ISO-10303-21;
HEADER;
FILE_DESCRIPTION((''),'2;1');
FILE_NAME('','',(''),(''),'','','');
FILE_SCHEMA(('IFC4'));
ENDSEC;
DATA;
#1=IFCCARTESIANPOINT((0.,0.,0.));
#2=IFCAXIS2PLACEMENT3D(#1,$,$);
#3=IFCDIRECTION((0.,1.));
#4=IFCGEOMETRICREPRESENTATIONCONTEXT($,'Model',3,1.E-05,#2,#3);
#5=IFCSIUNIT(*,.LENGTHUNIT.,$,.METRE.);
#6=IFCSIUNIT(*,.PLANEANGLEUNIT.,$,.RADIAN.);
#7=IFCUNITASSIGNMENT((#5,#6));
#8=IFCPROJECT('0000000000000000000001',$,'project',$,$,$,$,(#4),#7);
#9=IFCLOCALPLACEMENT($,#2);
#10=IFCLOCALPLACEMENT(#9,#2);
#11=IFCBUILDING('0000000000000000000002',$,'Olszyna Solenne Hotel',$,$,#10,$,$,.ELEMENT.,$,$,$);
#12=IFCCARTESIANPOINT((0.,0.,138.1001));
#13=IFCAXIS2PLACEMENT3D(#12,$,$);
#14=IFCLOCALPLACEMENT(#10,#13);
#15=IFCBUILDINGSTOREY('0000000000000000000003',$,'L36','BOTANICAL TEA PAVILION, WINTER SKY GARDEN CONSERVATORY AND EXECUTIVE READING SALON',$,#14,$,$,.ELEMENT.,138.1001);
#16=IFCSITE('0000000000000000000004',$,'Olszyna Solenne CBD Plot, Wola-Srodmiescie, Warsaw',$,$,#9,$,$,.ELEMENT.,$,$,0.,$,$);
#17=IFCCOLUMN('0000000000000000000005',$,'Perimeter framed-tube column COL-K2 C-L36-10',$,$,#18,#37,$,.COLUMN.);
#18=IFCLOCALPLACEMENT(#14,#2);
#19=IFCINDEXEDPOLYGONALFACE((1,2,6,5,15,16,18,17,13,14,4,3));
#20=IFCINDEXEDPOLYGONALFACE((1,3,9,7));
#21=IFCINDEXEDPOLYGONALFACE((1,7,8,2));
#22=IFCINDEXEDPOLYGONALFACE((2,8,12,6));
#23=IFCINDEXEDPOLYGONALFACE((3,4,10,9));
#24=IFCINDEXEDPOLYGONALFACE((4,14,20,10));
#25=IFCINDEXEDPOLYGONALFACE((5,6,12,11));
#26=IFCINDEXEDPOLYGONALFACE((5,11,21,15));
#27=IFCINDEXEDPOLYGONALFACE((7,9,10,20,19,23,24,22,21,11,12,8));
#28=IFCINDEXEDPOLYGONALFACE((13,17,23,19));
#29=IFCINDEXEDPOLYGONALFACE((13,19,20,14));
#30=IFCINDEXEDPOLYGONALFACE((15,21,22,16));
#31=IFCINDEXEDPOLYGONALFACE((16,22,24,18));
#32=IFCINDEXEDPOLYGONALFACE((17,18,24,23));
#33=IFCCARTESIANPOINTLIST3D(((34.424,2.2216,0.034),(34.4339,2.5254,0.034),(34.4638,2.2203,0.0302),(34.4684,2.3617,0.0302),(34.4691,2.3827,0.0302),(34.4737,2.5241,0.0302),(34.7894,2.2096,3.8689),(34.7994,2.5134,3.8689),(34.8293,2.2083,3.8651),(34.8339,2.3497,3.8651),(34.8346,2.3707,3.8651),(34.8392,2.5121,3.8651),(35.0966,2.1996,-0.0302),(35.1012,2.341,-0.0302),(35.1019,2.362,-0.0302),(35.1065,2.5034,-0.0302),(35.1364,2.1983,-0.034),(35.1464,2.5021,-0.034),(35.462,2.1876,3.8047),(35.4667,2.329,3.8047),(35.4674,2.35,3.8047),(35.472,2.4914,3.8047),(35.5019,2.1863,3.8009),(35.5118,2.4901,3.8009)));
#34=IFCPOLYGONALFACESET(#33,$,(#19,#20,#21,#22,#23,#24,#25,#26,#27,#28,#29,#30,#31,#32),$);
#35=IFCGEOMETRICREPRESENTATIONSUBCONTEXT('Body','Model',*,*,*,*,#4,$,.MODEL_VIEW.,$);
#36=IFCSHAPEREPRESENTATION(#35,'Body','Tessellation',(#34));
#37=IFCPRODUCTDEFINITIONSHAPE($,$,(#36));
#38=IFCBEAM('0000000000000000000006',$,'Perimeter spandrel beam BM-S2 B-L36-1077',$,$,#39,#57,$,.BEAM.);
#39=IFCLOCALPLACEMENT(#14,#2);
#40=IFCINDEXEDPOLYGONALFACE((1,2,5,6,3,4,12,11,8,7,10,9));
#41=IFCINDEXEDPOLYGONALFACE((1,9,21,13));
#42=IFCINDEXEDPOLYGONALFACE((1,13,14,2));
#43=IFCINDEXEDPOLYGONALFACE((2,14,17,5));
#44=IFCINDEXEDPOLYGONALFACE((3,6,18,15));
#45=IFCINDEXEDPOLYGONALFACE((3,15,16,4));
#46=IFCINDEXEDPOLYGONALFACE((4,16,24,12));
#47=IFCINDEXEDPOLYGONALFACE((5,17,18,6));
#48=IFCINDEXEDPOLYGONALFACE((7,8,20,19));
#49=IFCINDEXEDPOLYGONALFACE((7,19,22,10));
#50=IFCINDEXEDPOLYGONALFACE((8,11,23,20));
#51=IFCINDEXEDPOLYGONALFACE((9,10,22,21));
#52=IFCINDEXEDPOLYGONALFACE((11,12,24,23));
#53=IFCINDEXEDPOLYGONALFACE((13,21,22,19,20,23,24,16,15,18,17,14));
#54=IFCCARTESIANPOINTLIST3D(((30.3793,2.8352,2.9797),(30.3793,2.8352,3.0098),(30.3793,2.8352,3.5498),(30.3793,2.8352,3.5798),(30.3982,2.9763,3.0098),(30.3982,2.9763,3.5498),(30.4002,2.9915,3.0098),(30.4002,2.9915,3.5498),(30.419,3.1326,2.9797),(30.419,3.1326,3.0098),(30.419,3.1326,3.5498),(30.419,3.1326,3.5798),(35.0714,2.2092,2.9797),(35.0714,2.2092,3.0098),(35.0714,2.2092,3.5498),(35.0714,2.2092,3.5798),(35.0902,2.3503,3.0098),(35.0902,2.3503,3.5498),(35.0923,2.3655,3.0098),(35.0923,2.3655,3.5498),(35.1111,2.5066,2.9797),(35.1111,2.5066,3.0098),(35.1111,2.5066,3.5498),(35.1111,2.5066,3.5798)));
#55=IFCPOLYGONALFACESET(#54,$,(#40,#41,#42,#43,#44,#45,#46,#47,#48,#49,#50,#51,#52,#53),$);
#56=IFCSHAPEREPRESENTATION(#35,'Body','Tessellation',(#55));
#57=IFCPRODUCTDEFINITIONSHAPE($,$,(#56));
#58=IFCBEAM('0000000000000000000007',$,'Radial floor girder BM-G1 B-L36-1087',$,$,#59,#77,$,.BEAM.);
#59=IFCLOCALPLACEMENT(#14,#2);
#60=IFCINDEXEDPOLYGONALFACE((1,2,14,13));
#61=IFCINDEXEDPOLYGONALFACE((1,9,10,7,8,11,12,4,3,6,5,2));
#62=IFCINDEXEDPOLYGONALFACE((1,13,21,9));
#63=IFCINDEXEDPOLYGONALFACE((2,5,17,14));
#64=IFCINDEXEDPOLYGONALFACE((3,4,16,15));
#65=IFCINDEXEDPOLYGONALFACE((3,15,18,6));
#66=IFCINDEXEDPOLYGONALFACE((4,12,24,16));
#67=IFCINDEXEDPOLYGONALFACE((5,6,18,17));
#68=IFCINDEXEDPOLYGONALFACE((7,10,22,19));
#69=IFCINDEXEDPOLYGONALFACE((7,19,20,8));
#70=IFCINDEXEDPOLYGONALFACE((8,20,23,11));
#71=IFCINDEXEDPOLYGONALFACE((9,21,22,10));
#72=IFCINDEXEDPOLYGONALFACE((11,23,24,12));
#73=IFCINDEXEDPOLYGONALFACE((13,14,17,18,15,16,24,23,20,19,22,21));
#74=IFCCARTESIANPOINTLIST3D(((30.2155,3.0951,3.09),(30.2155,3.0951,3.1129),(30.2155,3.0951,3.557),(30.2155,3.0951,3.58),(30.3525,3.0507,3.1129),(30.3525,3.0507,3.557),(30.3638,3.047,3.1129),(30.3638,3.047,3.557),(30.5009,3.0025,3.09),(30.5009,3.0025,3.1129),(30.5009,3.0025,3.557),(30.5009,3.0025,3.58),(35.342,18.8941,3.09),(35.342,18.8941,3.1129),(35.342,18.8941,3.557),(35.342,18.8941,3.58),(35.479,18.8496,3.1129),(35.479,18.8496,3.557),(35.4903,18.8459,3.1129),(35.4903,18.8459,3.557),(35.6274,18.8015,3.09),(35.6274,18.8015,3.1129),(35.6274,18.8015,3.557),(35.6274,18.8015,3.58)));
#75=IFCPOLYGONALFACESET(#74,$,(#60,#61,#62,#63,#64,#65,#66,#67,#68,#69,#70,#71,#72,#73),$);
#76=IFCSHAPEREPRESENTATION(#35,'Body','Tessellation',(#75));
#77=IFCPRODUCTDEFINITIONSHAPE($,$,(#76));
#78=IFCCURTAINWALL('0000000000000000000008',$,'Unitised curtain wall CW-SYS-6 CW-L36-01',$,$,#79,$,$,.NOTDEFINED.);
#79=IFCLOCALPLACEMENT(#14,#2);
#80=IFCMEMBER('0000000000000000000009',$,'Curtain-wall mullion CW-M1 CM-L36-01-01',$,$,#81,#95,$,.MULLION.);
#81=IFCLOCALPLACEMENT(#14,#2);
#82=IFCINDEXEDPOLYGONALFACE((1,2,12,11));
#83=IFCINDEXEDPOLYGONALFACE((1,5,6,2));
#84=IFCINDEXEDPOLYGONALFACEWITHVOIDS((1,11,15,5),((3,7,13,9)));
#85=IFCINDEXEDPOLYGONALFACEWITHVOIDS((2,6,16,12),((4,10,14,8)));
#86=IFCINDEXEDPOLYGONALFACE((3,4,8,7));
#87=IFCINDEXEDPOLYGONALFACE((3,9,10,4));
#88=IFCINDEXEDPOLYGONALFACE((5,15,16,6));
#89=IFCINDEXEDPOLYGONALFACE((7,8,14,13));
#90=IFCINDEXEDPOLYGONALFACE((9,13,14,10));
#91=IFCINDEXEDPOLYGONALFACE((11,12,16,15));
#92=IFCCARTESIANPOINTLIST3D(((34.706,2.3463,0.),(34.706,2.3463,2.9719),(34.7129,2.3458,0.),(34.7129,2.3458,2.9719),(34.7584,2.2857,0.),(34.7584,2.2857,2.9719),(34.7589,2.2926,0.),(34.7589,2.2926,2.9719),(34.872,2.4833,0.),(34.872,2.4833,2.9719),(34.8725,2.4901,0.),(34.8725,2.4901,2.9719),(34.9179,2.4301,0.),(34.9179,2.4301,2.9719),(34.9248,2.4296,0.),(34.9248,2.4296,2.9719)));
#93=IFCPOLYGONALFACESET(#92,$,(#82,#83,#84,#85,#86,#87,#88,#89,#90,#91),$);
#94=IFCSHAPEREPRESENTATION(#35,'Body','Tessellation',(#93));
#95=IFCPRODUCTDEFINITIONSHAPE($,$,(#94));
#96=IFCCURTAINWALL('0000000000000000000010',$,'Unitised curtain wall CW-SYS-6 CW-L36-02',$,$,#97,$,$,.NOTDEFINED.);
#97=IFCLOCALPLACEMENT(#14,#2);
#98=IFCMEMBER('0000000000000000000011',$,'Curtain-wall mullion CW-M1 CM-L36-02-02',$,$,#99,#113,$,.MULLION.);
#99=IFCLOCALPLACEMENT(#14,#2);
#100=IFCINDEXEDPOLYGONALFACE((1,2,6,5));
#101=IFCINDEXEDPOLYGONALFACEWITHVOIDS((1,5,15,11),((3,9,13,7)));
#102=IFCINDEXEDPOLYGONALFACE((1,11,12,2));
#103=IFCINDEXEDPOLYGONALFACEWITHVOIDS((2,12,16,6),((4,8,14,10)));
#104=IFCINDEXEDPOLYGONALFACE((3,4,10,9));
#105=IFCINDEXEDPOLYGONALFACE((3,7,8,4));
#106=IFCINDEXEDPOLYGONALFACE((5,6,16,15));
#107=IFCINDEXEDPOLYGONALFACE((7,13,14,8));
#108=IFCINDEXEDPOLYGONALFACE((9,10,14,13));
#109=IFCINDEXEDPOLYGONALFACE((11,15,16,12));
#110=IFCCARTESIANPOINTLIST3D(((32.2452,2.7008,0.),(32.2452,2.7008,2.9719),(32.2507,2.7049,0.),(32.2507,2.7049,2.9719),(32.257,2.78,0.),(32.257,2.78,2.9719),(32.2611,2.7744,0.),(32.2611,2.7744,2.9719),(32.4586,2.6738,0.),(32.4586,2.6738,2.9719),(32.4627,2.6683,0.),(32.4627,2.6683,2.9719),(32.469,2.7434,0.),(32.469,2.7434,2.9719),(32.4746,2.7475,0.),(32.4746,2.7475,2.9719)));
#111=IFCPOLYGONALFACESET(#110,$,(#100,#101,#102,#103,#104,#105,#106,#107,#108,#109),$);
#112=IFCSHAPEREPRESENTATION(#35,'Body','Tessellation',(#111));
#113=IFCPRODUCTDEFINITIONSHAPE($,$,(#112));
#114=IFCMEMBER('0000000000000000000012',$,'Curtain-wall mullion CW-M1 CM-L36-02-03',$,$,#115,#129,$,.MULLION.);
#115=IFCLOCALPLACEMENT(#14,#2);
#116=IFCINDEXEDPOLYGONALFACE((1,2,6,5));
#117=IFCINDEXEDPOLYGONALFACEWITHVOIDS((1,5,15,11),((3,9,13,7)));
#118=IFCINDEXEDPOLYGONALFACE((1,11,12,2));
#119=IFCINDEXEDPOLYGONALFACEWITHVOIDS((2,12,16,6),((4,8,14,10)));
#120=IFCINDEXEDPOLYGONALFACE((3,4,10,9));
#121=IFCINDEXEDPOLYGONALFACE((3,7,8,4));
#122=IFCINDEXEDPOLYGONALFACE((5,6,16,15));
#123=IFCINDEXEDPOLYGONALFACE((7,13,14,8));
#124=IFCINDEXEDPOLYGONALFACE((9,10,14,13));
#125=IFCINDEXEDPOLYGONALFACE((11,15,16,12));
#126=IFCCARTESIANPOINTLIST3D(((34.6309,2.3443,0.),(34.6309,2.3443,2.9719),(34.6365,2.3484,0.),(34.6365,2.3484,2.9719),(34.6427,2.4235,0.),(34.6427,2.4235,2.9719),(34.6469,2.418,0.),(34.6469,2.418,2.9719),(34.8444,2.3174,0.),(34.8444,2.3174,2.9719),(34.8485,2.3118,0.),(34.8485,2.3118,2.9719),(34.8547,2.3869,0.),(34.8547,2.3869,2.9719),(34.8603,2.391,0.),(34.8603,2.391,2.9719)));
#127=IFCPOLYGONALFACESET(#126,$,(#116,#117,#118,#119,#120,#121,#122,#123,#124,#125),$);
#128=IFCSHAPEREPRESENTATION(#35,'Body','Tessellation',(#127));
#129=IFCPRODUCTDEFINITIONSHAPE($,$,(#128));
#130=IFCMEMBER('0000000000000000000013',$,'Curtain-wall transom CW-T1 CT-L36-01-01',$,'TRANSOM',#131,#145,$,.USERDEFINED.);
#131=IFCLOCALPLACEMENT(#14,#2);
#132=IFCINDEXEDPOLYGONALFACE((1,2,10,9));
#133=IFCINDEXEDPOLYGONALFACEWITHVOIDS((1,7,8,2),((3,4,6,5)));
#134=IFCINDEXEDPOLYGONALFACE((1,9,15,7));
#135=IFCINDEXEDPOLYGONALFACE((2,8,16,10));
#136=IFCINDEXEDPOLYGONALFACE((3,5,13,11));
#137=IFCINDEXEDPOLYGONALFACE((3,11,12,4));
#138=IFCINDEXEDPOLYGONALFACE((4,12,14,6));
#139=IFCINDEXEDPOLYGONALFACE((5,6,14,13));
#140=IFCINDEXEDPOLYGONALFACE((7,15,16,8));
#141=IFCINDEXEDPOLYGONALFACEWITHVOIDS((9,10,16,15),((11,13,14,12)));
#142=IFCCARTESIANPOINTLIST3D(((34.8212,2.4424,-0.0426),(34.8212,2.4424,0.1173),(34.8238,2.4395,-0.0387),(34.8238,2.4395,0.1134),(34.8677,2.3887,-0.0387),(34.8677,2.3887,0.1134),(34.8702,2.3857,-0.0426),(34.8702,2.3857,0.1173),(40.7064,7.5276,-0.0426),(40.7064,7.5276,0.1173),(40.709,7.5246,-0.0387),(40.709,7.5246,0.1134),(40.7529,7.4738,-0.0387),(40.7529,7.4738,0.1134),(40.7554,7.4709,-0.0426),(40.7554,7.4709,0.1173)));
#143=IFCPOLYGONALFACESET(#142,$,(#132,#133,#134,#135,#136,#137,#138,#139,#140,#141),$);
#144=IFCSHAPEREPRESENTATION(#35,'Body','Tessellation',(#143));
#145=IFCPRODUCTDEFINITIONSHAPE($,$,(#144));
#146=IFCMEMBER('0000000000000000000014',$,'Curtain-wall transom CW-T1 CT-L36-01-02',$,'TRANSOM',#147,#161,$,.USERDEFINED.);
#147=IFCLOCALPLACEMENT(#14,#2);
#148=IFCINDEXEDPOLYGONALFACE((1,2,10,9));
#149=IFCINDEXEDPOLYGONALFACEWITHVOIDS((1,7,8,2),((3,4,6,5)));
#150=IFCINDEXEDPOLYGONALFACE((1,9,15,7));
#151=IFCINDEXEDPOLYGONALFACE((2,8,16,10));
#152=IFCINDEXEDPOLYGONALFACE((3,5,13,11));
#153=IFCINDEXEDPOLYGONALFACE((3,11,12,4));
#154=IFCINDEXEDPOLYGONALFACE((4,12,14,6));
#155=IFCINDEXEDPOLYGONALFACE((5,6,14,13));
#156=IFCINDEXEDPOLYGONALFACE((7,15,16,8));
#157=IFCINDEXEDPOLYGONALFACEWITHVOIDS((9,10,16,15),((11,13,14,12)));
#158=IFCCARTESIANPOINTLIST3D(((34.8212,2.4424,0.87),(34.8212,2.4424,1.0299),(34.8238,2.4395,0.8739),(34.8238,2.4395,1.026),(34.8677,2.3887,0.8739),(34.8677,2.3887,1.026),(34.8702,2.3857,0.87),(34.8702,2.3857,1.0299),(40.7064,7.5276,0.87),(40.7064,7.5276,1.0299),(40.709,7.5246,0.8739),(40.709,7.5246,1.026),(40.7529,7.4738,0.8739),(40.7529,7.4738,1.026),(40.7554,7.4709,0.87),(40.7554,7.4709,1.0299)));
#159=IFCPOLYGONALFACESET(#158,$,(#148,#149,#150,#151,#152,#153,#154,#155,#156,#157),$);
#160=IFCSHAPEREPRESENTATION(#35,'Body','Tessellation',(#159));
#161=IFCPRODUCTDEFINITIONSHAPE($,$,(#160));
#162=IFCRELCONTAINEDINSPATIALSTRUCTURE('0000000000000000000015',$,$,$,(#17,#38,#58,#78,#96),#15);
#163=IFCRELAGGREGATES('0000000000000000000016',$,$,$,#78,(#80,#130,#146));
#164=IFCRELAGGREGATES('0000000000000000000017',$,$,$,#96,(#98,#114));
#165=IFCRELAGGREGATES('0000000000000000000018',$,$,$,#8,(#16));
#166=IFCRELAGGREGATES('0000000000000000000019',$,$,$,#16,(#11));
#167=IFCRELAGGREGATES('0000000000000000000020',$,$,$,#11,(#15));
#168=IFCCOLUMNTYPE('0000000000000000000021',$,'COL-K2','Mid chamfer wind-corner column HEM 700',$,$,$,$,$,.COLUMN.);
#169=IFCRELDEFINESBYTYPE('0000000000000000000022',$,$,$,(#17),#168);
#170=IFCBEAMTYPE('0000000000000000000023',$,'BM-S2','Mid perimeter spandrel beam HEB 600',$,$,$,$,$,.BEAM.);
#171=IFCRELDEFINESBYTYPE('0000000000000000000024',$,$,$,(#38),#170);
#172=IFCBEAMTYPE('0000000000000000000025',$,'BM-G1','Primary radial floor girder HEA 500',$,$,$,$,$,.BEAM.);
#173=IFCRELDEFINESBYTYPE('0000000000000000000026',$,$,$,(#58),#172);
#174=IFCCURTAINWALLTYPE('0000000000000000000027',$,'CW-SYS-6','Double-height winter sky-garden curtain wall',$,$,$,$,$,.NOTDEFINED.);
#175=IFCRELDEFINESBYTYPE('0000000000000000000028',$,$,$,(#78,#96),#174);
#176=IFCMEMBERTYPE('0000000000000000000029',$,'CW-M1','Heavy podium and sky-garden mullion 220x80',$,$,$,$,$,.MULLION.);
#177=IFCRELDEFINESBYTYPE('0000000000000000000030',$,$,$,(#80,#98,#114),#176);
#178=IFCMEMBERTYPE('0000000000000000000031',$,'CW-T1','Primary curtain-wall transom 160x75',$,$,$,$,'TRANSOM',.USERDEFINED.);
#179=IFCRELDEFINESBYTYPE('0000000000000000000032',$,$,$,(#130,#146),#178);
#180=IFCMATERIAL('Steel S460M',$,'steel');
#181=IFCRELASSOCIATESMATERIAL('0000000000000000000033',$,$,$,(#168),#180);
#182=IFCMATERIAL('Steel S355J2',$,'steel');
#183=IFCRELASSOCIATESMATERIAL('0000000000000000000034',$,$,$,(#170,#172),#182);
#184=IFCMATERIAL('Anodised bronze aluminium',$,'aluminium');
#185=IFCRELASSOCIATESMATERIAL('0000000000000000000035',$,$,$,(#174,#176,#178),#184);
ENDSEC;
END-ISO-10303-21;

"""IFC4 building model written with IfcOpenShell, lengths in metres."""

from ifc_helpers import new_model, si_unit, direction, frame, origin, origin_2d, place, context, subcontext, project, spatial, hollow_rectangle, i_section, extrude, source, transform, mapped, material, material_profile, profile_set, type_object, element, aggregate, save


model = new_model("IFC4")

# Units and contexts
model_context = context("Model", 3, precision=1e-05, world=origin(), true_north=direction((0.0, 1.0)))
body_context = subcontext(model_context, "Body", "Model", "MODEL_VIEW")
ifc_project = project(units=[si_unit("LENGTHUNIT", "METRE"), si_unit("PLANEANGLEUNIT", "RADIAN")], contexts=[model_context])

# Site, building, storey
site_placement = place(None, origin())
site = spatial("IfcSite", under=ifc_project, at=site_placement, Name="Olszyna Solenne CBD Plot, Wola-Srodmiescie, Warsaw", CompositionType="ELEMENT", RefElevation=0.0)
building_placement = place(site_placement, origin())
building = spatial("IfcBuilding", under=site, at=building_placement, Name="Olszyna Solenne Hotel", CompositionType="ELEMENT")
storey_placement = place(building_placement, frame((0.0, 0.0, 138.1001)))
storey = spatial("IfcBuildingStorey", under=building, at=storey_placement, Name="L36", Description="BOTANICAL TEA PAVILION, WINTER SKY GARDEN CONSERVATORY AND EXECUTIVE READING SALON", CompositionType="ELEMENT", Elevation=138.1001)

# Column
ifc_material_1 = material(Name="Steel S460M", Category="steel")
ifc_material_profile_1 = material_profile(ifc_material_1, i_section(OverallWidth=0.304, OverallDepth=0.7161, WebThickness=0.021, FlangeThickness=0.04, at=origin_2d()), Name="HEM 700", Category="load-bearing")
ifc_profile_set_1 = profile_set([ifc_material_profile_1], Name="Steel S460M")
column_type = type_object("IfcColumnType", Name="COL-K2", Description="Mid chamfer wind-corner column HEM 700", PredefinedType="COLUMN", material=ifc_profile_set_1)
shared_shape_1 = source(origin(), body_context, "Body", "SweptSolid", [
    extrude(i_section(OverallWidth=0.304, OverallDepth=0.7161, WebThickness=0.021, FlangeThickness=0.04, at=origin_2d()), origin(), (0.0, 0.0, 1.0), 3.8523),
])
column_placement = place(storey_placement, frame((34.7852, 2.3618, 0.0), z_axis=(0.094871, -0.003105, 0.995485), x_axis=(0.032715, 0.999465, 0.0)))
element("IfcColumn", 1, at=column_placement, inside=storey, type_object=column_type, Name="Perimeter framed-tube column COL-K2 C-L36-10", PredefinedType="COLUMN", context=body_context, shape_type="MappedRepresentation", body=[
    mapped(shared_shape_1, transform((0.0, 0.0, 0.0), x_axis=(1.0, 0.0, 0.0), y_axis=(0.0, 1.0, 0.0), z_axis=(0.0, 0.0, 1.0), scale=1.0)),
])

# Beams
ifc_material_2 = material(Name="Steel S355J2", Category="steel")
ifc_material_profile_2 = material_profile(ifc_material_2, i_section(OverallWidth=0.3, OverallDepth=0.6001, WebThickness=0.0154, FlangeThickness=0.03, at=origin_2d()), Name="HEB 600", Category="load-bearing")
ifc_profile_set_2 = profile_set([ifc_material_profile_2], Name="Steel S355J2")
beam_type_1 = type_object("IfcBeamType", Name="BM-S2", Description="Mid perimeter spandrel beam HEB 600", PredefinedType="BEAM", material=ifc_profile_set_2)
shared_shape_2 = source(origin(), body_context, "Body", "SweptSolid", [
    extrude(i_section(OverallWidth=0.3, OverallDepth=0.6001, WebThickness=0.0154, FlangeThickness=0.03, at=origin_2d()), origin(), (0.0, 0.0, 1.0), 4.7336),
])
beam_1_placement = place(storey_placement, frame((30.3992, 2.9839, 3.2798), z_axis=(0.991218, -0.132238, 0.0), x_axis=(0.132238, 0.991218, 0.0)))
element("IfcBeam", 2, at=beam_1_placement, inside=storey, type_object=beam_type_1, Name="Perimeter spandrel beam BM-S2 B-L36-1077", PredefinedType="BEAM", context=body_context, shape_type="MappedRepresentation", body=[
    mapped(shared_shape_2, transform((0.0, 0.0, 0.0), x_axis=(1.0, 0.0, 0.0), y_axis=(0.0, 1.0, 0.0), z_axis=(0.0, 0.0, 1.0), scale=1.0)),
])
ifc_material_profile_3 = material_profile(ifc_material_2, i_section(OverallWidth=0.3, OverallDepth=0.49, WebThickness=0.012, FlangeThickness=0.0229, at=origin_2d()), Name="HEA 500", Category="load-bearing")
ifc_profile_set_3 = profile_set([ifc_material_profile_3], Name="Steel S355J2")
beam_type_2 = type_object("IfcBeamType", Name="BM-G1", Description="Primary radial floor girder HEA 500", PredefinedType="BEAM", material=ifc_profile_set_3)
shared_shape_3 = source(origin(), body_context, "Body", "SweptSolid", [
    extrude(i_section(OverallWidth=0.3, OverallDepth=0.49, WebThickness=0.012, FlangeThickness=0.0229, at=origin_2d()), origin(), (0.0, 0.0, 1.0), 16.6099),
])
beam_2_placement = place(storey_placement, frame((30.3582, 3.0488, 3.335), z_axis=(0.308642, 0.951178, 0.0), x_axis=(-0.951178, 0.308642, 0.0)))
element("IfcBeam", 3, at=beam_2_placement, inside=storey, type_object=beam_type_2, Name="Radial floor girder BM-G1 B-L36-1087", PredefinedType="BEAM", context=body_context, shape_type="MappedRepresentation", body=[
    mapped(shared_shape_3, transform((0.0, 0.0, 0.0), x_axis=(1.0, 0.0, 0.0), y_axis=(0.0, 1.0, 0.0), z_axis=(0.0, 0.0, 1.0), scale=1.0)),
])

# Curtain wall, member
ifc_material_3 = material(Name="Anodised bronze aluminium", Category="aluminium")
curtain_wall_type = type_object("IfcCurtainWallType", Name="CW-SYS-6", Description="Double-height winter sky-garden curtain wall", PredefinedType="NOTDEFINED", material=ifc_material_3)
curtain_wall_1_placement = place(storey_placement, origin())
curtain_wall_1 = element("IfcCurtainWall", 4, at=curtain_wall_1_placement, inside=storey, type_object=curtain_wall_type, Name="Unitised curtain wall CW-SYS-6 CW-L36-01", PredefinedType="NOTDEFINED")
ifc_material_profile_4 = material_profile(ifc_material_3, hollow_rectangle(XDim=0.0801, YDim=0.22, WallThickness=0.0049, at=origin_2d()), Name="MULL 220x80x5", Category="load-bearing")
ifc_profile_set_4 = profile_set([ifc_material_profile_4], Name="Anodised bronze aluminium")
member_type_1 = type_object("IfcMemberType", Name="CW-M1", Description="Heavy podium and sky-garden mullion 220x80", PredefinedType="MULLION", material=ifc_profile_set_4)
shared_shape_4 = source(origin(), body_context, "Body", "SweptSolid", [
    extrude(hollow_rectangle(XDim=0.0801, YDim=0.22, WallThickness=0.0049, at=origin_2d()), origin(), (0.0, 0.0, 1.0), 2.9719),
])
member_1_placement = place(storey_placement, frame((34.8154, 2.3879, 0.0), z_axis=(0.0, 0.0, 1.0), x_axis=(-0.653805, 0.756663, 0.0)))
member_1 = element("IfcMember", 5, at=member_1_placement, type_object=member_type_1, Name="Curtain-wall mullion CW-M1 CM-L36-01-01", PredefinedType="MULLION", context=body_context, shape_type="MappedRepresentation", body=[
    mapped(shared_shape_4, transform((0.0, 0.0, 0.0), x_axis=(1.0, 0.0, 0.0), y_axis=(0.0, 1.0, 0.0), z_axis=(0.0, 0.0, 1.0), scale=1.0)),
])

# Curtain wall, members
curtain_wall_2_placement = place(storey_placement, origin())
curtain_wall_2 = element("IfcCurtainWall", 6, at=curtain_wall_2_placement, inside=storey, type_object=curtain_wall_type, Name="Unitised curtain wall CW-SYS-6 CW-L36-02", PredefinedType="NOTDEFINED")
member_2_placement = place(storey_placement, frame((32.3599, 2.7241, 0.0), z_axis=(0.0, 0.0, 1.0), x_axis=(0.147795, 0.989018, 0.0)))
member_2 = element("IfcMember", 7, at=member_2_placement, type_object=member_type_1, Name="Curtain-wall mullion CW-M1 CM-L36-02-02", PredefinedType="MULLION", context=body_context, shape_type="MappedRepresentation", body=[
    mapped(shared_shape_4, transform((0.0, 0.0, 0.0), x_axis=(1.0, 0.0, 0.0), y_axis=(0.0, 1.0, 0.0), z_axis=(0.0, 0.0, 1.0), scale=1.0)),
])
member_3_placement = place(storey_placement, frame((34.7456, 2.3677, 0.0), z_axis=(0.0, 0.0, 1.0), x_axis=(0.147795, 0.989018, 0.0)))
member_3 = element("IfcMember", 8, at=member_3_placement, type_object=member_type_1, Name="Curtain-wall mullion CW-M1 CM-L36-02-03", PredefinedType="MULLION", context=body_context, shape_type="MappedRepresentation", body=[
    mapped(shared_shape_4, transform((0.0, 0.0, 0.0), x_axis=(1.0, 0.0, 0.0), y_axis=(0.0, 1.0, 0.0), z_axis=(0.0, 0.0, 1.0), scale=1.0)),
])

# Members
ifc_material_profile_5 = material_profile(ifc_material_3, hollow_rectangle(XDim=0.075, YDim=0.1599, WallThickness=0.0039, at=origin_2d()), Name="TRAN 160x75x4", Category="load-bearing")
ifc_profile_set_5 = profile_set([ifc_material_profile_5], Name="Anodised bronze aluminium")
member_type_2 = type_object("IfcMemberType", Name="CW-T1", Description="Primary curtain-wall transom 160x75", ElementType="TRANSOM", PredefinedType="USERDEFINED", material=ifc_profile_set_5)
shared_shape_5 = source(origin(), body_context, "Body", "SweptSolid", [
    extrude(hollow_rectangle(XDim=0.075, YDim=0.1599, WallThickness=0.0039, at=origin_2d()), origin(), (0.0, 0.0, 1.0), 7.7778),
])
member_4_placement = place(storey_placement, frame((34.8457, 2.4141, 0.0374), z_axis=(0.756665, 0.653803, 0.0), x_axis=(-0.653803, 0.756665, 0.0)))
member_4 = element("IfcMember", 9, at=member_4_placement, type_object=member_type_2, Name="Curtain-wall transom CW-T1 CT-L36-01-01", ObjectType="TRANSOM", PredefinedType="USERDEFINED", context=body_context, shape_type="MappedRepresentation", body=[
    mapped(shared_shape_5, transform((0.0, 0.0, 0.0), x_axis=(1.0, 0.0, 0.0), y_axis=(0.0, 1.0, 0.0), z_axis=(0.0, 0.0, 1.0), scale=1.0)),
])
member_5_placement = place(storey_placement, frame((34.8457, 2.4141, 0.95), z_axis=(0.756665, 0.653803, 0.0), x_axis=(-0.653803, 0.756665, 0.0)))
member_5 = element("IfcMember", 10, at=member_5_placement, type_object=member_type_2, Name="Curtain-wall transom CW-T1 CT-L36-01-02", ObjectType="TRANSOM", PredefinedType="USERDEFINED", context=body_context, shape_type="MappedRepresentation", body=[
    mapped(shared_shape_5, transform((0.0, 0.0, 0.0), x_axis=(1.0, 0.0, 0.0), y_axis=(0.0, 1.0, 0.0), z_axis=(0.0, 0.0, 1.0), scale=1.0)),
])
aggregate(curtain_wall_1, [member_1, member_4, member_5])

aggregate(curtain_wall_2, [member_2, member_3])

save(model, "model.ifc")
